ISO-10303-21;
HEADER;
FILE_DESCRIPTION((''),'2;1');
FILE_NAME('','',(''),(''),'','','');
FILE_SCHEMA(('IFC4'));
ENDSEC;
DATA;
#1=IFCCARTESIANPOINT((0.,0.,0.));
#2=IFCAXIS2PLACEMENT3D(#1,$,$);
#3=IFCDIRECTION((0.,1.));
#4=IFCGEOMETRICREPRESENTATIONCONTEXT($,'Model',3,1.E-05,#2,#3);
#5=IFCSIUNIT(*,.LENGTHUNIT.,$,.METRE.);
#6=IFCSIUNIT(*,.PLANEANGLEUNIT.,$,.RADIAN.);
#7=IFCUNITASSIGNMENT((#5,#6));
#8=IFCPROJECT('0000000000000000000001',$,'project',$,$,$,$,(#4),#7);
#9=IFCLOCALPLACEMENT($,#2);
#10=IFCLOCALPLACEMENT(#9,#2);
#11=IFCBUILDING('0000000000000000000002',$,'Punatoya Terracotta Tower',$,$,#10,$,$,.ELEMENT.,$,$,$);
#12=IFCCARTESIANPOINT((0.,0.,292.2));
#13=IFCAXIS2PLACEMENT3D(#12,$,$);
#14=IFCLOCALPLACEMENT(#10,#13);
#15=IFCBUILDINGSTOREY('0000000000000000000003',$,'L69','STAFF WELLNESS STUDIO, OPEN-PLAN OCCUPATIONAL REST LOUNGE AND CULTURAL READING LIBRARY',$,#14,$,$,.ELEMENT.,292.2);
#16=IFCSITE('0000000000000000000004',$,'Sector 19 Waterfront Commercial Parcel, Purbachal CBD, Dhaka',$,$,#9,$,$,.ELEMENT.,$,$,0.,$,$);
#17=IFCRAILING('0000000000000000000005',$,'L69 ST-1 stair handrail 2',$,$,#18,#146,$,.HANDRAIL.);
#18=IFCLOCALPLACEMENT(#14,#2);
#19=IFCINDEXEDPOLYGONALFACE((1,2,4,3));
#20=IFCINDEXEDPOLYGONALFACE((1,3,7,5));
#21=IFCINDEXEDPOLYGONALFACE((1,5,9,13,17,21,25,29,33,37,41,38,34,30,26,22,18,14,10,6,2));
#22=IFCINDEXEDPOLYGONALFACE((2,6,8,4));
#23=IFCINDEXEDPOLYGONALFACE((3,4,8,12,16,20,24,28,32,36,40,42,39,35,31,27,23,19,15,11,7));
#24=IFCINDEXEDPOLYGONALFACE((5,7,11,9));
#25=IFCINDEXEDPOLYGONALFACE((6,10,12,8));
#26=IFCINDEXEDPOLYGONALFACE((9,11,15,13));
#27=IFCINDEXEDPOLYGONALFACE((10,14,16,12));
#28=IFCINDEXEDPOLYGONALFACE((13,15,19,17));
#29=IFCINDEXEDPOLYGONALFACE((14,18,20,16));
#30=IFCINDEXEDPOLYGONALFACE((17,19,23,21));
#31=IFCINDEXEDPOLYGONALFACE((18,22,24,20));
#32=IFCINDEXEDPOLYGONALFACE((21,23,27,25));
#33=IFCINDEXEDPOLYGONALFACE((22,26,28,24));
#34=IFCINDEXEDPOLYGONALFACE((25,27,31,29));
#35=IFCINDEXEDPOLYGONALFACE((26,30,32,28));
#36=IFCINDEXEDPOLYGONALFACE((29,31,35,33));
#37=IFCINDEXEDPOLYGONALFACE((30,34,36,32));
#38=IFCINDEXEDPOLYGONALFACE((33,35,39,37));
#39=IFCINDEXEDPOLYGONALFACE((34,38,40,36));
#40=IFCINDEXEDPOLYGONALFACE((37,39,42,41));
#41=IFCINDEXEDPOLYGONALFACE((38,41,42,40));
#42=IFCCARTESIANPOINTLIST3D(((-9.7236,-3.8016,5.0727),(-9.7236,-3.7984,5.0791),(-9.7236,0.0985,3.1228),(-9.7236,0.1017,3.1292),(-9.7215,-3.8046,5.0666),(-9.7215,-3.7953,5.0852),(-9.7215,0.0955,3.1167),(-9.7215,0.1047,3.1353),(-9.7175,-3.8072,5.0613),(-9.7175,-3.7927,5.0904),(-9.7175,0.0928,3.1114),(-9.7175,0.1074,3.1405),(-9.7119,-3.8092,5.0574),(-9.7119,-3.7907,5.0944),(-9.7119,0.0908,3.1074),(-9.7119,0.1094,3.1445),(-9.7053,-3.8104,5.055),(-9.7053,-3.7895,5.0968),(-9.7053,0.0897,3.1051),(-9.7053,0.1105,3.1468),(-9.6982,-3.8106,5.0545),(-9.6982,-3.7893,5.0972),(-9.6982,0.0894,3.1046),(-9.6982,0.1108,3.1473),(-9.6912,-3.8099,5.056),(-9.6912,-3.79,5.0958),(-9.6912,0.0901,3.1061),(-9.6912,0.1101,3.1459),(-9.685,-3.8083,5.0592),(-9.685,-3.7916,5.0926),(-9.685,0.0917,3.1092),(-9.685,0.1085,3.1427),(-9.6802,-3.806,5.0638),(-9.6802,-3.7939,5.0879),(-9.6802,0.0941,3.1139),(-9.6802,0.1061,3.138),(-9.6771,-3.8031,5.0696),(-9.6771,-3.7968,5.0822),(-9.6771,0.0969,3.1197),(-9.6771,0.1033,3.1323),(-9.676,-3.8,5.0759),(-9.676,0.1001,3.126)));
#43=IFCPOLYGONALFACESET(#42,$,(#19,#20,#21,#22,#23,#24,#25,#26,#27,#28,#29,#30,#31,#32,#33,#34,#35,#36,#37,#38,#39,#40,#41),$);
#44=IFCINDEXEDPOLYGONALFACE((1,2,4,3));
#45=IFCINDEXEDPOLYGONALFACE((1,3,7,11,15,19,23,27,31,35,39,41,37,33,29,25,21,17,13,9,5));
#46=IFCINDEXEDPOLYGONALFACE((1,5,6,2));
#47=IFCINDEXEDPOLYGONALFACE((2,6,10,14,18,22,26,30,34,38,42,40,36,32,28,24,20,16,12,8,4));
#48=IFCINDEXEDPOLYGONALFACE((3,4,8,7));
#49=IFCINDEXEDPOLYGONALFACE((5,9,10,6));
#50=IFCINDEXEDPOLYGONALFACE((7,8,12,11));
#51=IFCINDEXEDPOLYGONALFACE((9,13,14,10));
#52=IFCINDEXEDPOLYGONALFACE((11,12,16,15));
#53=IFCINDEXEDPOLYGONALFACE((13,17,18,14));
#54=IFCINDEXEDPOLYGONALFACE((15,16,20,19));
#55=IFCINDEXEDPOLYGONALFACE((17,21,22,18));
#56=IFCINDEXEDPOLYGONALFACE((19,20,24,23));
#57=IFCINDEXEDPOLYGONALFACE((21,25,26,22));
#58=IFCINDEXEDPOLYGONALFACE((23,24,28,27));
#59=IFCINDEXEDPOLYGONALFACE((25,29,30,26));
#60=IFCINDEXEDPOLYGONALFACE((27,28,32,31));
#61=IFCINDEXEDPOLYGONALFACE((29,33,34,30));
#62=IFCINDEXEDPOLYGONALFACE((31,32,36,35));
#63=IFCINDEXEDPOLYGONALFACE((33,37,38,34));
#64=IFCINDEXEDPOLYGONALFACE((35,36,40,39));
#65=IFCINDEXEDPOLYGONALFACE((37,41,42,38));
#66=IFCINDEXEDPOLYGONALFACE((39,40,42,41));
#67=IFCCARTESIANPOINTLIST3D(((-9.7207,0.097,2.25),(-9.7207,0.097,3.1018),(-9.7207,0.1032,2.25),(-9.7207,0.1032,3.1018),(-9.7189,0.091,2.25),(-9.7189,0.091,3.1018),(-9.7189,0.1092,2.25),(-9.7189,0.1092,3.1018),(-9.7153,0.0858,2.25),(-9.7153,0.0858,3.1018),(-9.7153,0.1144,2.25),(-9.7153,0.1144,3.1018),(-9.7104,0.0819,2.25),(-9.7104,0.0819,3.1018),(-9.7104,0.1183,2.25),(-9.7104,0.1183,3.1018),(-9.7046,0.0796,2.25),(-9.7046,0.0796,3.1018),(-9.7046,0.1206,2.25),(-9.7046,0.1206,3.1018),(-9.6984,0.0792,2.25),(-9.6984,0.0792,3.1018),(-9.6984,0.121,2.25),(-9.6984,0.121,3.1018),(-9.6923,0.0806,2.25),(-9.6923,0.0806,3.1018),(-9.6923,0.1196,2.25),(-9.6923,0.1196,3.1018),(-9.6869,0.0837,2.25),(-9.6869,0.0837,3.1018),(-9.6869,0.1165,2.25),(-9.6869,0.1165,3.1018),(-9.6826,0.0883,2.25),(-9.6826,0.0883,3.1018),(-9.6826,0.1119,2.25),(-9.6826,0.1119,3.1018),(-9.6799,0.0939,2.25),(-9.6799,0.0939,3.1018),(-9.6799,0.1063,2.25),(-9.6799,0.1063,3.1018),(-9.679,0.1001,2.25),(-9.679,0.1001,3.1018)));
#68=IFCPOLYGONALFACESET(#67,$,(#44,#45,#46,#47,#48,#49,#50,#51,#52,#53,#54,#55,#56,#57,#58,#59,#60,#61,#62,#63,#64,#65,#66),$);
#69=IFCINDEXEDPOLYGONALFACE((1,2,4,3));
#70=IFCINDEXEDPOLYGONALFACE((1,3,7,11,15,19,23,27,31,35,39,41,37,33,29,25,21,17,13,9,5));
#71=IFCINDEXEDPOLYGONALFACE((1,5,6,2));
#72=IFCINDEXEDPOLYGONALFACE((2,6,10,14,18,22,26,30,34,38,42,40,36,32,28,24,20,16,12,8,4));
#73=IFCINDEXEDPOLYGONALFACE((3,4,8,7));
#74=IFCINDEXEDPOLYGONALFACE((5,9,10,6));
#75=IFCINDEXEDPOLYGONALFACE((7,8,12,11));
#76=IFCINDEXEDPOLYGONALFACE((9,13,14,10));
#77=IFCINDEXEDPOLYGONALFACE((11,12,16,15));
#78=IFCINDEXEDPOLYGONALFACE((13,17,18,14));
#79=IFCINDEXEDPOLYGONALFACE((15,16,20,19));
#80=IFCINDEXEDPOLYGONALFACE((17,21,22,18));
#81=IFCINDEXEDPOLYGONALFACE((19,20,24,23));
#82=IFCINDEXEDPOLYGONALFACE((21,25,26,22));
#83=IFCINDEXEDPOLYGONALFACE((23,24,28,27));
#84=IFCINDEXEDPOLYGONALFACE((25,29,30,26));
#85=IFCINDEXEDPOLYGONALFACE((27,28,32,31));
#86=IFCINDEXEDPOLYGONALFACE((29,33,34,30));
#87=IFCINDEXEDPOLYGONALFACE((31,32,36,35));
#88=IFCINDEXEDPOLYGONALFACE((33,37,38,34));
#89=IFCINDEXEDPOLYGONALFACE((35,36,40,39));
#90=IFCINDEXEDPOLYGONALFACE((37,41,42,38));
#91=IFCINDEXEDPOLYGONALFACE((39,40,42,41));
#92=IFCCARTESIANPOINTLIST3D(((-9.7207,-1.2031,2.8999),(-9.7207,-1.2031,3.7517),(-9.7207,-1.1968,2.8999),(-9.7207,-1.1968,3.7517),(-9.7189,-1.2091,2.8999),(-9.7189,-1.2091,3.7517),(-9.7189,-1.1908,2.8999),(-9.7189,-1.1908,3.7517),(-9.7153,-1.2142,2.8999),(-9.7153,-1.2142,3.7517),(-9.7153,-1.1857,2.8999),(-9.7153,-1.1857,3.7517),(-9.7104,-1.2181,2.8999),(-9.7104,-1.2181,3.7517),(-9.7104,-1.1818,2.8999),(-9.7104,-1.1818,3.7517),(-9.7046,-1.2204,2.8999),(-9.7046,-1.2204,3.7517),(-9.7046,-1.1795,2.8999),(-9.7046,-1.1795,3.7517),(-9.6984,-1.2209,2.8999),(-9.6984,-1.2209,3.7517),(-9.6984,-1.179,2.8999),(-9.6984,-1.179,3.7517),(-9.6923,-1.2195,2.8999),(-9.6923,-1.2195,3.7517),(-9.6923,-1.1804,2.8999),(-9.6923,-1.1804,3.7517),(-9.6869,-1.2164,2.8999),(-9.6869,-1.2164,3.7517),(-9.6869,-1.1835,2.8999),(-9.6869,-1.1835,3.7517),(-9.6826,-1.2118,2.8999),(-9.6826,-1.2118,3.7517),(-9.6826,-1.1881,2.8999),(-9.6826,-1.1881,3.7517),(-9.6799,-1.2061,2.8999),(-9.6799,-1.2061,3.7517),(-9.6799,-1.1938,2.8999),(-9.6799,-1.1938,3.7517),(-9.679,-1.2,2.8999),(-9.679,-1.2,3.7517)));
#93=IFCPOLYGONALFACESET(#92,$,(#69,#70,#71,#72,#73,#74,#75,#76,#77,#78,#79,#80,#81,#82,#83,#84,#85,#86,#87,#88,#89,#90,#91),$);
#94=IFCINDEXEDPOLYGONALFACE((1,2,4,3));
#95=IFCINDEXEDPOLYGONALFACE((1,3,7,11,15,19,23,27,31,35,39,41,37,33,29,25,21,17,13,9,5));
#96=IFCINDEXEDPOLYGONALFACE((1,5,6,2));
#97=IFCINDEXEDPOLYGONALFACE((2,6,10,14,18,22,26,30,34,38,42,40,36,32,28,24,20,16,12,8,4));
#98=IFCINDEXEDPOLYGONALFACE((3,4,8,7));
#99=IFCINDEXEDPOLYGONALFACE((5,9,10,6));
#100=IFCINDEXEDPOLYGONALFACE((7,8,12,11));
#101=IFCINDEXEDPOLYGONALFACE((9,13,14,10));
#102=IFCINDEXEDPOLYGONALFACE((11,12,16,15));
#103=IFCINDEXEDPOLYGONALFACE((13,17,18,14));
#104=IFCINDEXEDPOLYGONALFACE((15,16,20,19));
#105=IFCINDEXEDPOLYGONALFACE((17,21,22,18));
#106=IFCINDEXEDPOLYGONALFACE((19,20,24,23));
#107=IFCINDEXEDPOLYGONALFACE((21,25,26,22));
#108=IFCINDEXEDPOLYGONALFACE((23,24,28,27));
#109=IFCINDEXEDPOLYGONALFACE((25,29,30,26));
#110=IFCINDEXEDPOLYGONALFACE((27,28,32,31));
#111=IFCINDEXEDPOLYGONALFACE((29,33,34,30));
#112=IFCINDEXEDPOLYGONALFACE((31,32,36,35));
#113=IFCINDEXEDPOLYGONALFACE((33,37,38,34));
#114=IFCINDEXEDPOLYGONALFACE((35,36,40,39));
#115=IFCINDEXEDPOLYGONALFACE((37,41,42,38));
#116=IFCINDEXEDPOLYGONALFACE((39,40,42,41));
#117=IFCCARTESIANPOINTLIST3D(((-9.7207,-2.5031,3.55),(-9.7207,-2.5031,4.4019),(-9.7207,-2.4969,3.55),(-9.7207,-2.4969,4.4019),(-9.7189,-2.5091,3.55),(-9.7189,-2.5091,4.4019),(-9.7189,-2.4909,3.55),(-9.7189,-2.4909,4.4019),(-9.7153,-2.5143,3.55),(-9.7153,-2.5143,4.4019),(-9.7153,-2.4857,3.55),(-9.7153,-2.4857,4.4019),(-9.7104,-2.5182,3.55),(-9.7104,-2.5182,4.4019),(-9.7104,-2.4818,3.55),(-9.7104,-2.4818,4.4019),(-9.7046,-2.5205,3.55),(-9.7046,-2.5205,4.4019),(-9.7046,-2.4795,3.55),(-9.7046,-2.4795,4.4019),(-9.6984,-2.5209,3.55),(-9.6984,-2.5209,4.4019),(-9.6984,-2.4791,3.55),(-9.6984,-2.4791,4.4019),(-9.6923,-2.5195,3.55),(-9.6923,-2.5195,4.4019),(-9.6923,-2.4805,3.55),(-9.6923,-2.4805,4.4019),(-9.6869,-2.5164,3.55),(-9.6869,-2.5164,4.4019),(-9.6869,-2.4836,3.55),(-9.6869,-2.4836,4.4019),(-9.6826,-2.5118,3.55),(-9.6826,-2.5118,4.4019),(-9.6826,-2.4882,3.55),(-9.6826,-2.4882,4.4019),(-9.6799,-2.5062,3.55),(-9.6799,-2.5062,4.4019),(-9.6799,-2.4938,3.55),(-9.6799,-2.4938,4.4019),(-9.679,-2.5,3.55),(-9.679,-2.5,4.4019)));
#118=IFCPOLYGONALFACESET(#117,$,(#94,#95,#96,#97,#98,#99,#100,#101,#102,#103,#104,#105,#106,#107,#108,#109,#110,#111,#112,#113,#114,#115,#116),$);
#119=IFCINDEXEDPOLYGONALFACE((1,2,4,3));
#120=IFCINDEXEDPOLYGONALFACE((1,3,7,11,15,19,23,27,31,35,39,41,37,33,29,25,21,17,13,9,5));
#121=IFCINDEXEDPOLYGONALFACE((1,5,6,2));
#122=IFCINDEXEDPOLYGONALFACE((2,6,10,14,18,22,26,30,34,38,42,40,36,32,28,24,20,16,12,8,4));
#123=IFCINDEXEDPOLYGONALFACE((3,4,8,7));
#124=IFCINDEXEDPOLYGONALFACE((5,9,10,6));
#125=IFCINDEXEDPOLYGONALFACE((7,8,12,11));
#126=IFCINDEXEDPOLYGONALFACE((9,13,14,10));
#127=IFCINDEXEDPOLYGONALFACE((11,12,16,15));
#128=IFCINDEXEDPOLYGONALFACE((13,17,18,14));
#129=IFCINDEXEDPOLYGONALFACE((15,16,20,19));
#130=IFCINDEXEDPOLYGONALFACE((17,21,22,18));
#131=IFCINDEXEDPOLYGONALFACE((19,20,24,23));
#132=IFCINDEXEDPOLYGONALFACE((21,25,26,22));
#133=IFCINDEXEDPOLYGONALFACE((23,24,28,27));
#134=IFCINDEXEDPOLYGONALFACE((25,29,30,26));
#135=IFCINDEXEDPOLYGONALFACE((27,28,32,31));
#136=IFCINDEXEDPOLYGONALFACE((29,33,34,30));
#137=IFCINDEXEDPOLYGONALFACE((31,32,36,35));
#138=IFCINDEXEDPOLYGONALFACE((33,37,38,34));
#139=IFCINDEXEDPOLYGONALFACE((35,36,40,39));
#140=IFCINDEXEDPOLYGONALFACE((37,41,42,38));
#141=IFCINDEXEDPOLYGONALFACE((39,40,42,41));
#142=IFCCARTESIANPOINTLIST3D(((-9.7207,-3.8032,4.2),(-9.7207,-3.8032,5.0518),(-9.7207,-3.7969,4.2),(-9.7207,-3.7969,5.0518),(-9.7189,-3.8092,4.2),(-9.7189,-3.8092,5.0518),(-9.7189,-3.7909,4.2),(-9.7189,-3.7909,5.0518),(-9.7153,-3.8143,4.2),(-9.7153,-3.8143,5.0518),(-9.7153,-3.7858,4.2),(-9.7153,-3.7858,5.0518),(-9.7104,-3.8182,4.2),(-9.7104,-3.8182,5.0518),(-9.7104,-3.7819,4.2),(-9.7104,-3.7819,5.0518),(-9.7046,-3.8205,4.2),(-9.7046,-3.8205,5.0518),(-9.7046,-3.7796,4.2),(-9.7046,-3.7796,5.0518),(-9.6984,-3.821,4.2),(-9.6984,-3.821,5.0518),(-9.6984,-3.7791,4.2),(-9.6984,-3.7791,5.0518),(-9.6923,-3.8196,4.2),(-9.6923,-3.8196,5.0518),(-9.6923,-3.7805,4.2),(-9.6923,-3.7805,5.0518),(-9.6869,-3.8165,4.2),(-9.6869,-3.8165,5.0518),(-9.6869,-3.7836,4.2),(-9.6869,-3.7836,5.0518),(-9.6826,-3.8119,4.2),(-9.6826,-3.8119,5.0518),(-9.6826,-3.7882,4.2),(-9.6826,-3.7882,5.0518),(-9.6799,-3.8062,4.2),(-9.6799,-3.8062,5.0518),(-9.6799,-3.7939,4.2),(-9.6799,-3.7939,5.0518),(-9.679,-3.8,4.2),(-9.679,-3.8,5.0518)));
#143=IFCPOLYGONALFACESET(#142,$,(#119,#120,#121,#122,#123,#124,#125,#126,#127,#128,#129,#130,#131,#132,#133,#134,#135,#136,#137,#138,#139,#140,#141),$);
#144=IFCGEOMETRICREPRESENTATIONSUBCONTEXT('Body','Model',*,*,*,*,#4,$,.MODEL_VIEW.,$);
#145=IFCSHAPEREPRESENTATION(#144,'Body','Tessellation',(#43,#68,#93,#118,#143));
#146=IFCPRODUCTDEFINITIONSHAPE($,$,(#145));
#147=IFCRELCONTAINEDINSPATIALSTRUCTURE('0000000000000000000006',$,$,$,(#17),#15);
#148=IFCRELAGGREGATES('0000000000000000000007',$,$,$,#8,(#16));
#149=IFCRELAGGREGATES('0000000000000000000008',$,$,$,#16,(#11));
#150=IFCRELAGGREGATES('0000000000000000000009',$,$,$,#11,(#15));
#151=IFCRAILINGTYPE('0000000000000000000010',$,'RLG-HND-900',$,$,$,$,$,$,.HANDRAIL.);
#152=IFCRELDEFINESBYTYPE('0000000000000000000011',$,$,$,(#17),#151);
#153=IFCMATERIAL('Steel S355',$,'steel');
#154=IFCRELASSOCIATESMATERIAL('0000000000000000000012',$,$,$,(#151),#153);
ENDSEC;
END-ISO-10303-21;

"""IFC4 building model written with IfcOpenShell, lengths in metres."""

from ifc_helpers import new_model, si_unit, direction, frame, origin, origin_2d, place, context, subcontext, project, spatial, circle, extrude, material, type_object, element, save


model = new_model("IFC4")

# Units and contexts
model_context = context("Model", 3, precision=1e-05, world=origin(), true_north=direction((0.0, 1.0)))
body_context = subcontext(model_context, "Body", "Model", "MODEL_VIEW")
ifc_project = project(units=[si_unit("LENGTHUNIT", "METRE"), si_unit("PLANEANGLEUNIT", "RADIAN")], contexts=[model_context])

# Site, building, storey
site_placement = place(None, origin())
site = spatial("IfcSite", under=ifc_project, at=site_placement, Name="Sector 19 Waterfront Commercial Parcel, Purbachal CBD, Dhaka", CompositionType="ELEMENT", RefElevation=0.0)
building_placement = place(site_placement, origin())
building = spatial("IfcBuilding", under=site, at=building_placement, Name="Punatoya Terracotta Tower", CompositionType="ELEMENT")
storey_placement = place(building_placement, frame((0.0, 0.0, 292.2)))
storey = spatial("IfcBuildingStorey", under=building, at=storey_placement, Name="L69", Description="STAFF WELLNESS STUDIO, OPEN-PLAN OCCUPATIONAL REST LOUNGE AND CULTURAL READING LIBRARY", CompositionType="ELEMENT", Elevation=292.2)

# Shared definitions
ifc_material_1 = material(Name="Steel S355", Category="steel")

# Railing
railing_type_1 = type_object("IfcRailingType", Name="RLG-HND-900", PredefinedType="HANDRAIL", material=ifc_material_1)
railing_1_placement = place(storey_placement, frame((-9.7, 0.1001, 2.25)))
element("IfcRailing", 1, at=railing_1_placement, inside=storey, type_object=railing_type_1, Name="L69 ST-1 stair handrail 2", PredefinedType="HANDRAIL", context=body_context, shape_type="SweptSolid", body=[
    extrude(circle(Radius=0.0239, at=origin_2d()), frame((0.0, 0.0, 0.876), z_axis=(0.0, -0.894438, 0.447191), x_axis=(1.0, 0.0, 0.0)), (0.0, 0.0, 1.0), 4.3604),
    extrude(circle(Radius=0.021, at=origin_2d()), origin(), (0.0, 0.0, 1.0), 0.8518),
    extrude(circle(Radius=0.021, at=origin_2d()), frame((0.0, -1.3, 0.6499)), (0.0, 0.0, 1.0), 0.8518),
    extrude(circle(Radius=0.021, at=origin_2d()), frame((0.0, -2.6001, 1.3)), (0.0, 0.0, 1.0), 0.8518),
    extrude(circle(Radius=0.021, at=origin_2d()), frame((0.0, -3.9001, 1.95)), (0.0, 0.0, 1.0), 0.8518),
])

save(model, "model.ifc")
